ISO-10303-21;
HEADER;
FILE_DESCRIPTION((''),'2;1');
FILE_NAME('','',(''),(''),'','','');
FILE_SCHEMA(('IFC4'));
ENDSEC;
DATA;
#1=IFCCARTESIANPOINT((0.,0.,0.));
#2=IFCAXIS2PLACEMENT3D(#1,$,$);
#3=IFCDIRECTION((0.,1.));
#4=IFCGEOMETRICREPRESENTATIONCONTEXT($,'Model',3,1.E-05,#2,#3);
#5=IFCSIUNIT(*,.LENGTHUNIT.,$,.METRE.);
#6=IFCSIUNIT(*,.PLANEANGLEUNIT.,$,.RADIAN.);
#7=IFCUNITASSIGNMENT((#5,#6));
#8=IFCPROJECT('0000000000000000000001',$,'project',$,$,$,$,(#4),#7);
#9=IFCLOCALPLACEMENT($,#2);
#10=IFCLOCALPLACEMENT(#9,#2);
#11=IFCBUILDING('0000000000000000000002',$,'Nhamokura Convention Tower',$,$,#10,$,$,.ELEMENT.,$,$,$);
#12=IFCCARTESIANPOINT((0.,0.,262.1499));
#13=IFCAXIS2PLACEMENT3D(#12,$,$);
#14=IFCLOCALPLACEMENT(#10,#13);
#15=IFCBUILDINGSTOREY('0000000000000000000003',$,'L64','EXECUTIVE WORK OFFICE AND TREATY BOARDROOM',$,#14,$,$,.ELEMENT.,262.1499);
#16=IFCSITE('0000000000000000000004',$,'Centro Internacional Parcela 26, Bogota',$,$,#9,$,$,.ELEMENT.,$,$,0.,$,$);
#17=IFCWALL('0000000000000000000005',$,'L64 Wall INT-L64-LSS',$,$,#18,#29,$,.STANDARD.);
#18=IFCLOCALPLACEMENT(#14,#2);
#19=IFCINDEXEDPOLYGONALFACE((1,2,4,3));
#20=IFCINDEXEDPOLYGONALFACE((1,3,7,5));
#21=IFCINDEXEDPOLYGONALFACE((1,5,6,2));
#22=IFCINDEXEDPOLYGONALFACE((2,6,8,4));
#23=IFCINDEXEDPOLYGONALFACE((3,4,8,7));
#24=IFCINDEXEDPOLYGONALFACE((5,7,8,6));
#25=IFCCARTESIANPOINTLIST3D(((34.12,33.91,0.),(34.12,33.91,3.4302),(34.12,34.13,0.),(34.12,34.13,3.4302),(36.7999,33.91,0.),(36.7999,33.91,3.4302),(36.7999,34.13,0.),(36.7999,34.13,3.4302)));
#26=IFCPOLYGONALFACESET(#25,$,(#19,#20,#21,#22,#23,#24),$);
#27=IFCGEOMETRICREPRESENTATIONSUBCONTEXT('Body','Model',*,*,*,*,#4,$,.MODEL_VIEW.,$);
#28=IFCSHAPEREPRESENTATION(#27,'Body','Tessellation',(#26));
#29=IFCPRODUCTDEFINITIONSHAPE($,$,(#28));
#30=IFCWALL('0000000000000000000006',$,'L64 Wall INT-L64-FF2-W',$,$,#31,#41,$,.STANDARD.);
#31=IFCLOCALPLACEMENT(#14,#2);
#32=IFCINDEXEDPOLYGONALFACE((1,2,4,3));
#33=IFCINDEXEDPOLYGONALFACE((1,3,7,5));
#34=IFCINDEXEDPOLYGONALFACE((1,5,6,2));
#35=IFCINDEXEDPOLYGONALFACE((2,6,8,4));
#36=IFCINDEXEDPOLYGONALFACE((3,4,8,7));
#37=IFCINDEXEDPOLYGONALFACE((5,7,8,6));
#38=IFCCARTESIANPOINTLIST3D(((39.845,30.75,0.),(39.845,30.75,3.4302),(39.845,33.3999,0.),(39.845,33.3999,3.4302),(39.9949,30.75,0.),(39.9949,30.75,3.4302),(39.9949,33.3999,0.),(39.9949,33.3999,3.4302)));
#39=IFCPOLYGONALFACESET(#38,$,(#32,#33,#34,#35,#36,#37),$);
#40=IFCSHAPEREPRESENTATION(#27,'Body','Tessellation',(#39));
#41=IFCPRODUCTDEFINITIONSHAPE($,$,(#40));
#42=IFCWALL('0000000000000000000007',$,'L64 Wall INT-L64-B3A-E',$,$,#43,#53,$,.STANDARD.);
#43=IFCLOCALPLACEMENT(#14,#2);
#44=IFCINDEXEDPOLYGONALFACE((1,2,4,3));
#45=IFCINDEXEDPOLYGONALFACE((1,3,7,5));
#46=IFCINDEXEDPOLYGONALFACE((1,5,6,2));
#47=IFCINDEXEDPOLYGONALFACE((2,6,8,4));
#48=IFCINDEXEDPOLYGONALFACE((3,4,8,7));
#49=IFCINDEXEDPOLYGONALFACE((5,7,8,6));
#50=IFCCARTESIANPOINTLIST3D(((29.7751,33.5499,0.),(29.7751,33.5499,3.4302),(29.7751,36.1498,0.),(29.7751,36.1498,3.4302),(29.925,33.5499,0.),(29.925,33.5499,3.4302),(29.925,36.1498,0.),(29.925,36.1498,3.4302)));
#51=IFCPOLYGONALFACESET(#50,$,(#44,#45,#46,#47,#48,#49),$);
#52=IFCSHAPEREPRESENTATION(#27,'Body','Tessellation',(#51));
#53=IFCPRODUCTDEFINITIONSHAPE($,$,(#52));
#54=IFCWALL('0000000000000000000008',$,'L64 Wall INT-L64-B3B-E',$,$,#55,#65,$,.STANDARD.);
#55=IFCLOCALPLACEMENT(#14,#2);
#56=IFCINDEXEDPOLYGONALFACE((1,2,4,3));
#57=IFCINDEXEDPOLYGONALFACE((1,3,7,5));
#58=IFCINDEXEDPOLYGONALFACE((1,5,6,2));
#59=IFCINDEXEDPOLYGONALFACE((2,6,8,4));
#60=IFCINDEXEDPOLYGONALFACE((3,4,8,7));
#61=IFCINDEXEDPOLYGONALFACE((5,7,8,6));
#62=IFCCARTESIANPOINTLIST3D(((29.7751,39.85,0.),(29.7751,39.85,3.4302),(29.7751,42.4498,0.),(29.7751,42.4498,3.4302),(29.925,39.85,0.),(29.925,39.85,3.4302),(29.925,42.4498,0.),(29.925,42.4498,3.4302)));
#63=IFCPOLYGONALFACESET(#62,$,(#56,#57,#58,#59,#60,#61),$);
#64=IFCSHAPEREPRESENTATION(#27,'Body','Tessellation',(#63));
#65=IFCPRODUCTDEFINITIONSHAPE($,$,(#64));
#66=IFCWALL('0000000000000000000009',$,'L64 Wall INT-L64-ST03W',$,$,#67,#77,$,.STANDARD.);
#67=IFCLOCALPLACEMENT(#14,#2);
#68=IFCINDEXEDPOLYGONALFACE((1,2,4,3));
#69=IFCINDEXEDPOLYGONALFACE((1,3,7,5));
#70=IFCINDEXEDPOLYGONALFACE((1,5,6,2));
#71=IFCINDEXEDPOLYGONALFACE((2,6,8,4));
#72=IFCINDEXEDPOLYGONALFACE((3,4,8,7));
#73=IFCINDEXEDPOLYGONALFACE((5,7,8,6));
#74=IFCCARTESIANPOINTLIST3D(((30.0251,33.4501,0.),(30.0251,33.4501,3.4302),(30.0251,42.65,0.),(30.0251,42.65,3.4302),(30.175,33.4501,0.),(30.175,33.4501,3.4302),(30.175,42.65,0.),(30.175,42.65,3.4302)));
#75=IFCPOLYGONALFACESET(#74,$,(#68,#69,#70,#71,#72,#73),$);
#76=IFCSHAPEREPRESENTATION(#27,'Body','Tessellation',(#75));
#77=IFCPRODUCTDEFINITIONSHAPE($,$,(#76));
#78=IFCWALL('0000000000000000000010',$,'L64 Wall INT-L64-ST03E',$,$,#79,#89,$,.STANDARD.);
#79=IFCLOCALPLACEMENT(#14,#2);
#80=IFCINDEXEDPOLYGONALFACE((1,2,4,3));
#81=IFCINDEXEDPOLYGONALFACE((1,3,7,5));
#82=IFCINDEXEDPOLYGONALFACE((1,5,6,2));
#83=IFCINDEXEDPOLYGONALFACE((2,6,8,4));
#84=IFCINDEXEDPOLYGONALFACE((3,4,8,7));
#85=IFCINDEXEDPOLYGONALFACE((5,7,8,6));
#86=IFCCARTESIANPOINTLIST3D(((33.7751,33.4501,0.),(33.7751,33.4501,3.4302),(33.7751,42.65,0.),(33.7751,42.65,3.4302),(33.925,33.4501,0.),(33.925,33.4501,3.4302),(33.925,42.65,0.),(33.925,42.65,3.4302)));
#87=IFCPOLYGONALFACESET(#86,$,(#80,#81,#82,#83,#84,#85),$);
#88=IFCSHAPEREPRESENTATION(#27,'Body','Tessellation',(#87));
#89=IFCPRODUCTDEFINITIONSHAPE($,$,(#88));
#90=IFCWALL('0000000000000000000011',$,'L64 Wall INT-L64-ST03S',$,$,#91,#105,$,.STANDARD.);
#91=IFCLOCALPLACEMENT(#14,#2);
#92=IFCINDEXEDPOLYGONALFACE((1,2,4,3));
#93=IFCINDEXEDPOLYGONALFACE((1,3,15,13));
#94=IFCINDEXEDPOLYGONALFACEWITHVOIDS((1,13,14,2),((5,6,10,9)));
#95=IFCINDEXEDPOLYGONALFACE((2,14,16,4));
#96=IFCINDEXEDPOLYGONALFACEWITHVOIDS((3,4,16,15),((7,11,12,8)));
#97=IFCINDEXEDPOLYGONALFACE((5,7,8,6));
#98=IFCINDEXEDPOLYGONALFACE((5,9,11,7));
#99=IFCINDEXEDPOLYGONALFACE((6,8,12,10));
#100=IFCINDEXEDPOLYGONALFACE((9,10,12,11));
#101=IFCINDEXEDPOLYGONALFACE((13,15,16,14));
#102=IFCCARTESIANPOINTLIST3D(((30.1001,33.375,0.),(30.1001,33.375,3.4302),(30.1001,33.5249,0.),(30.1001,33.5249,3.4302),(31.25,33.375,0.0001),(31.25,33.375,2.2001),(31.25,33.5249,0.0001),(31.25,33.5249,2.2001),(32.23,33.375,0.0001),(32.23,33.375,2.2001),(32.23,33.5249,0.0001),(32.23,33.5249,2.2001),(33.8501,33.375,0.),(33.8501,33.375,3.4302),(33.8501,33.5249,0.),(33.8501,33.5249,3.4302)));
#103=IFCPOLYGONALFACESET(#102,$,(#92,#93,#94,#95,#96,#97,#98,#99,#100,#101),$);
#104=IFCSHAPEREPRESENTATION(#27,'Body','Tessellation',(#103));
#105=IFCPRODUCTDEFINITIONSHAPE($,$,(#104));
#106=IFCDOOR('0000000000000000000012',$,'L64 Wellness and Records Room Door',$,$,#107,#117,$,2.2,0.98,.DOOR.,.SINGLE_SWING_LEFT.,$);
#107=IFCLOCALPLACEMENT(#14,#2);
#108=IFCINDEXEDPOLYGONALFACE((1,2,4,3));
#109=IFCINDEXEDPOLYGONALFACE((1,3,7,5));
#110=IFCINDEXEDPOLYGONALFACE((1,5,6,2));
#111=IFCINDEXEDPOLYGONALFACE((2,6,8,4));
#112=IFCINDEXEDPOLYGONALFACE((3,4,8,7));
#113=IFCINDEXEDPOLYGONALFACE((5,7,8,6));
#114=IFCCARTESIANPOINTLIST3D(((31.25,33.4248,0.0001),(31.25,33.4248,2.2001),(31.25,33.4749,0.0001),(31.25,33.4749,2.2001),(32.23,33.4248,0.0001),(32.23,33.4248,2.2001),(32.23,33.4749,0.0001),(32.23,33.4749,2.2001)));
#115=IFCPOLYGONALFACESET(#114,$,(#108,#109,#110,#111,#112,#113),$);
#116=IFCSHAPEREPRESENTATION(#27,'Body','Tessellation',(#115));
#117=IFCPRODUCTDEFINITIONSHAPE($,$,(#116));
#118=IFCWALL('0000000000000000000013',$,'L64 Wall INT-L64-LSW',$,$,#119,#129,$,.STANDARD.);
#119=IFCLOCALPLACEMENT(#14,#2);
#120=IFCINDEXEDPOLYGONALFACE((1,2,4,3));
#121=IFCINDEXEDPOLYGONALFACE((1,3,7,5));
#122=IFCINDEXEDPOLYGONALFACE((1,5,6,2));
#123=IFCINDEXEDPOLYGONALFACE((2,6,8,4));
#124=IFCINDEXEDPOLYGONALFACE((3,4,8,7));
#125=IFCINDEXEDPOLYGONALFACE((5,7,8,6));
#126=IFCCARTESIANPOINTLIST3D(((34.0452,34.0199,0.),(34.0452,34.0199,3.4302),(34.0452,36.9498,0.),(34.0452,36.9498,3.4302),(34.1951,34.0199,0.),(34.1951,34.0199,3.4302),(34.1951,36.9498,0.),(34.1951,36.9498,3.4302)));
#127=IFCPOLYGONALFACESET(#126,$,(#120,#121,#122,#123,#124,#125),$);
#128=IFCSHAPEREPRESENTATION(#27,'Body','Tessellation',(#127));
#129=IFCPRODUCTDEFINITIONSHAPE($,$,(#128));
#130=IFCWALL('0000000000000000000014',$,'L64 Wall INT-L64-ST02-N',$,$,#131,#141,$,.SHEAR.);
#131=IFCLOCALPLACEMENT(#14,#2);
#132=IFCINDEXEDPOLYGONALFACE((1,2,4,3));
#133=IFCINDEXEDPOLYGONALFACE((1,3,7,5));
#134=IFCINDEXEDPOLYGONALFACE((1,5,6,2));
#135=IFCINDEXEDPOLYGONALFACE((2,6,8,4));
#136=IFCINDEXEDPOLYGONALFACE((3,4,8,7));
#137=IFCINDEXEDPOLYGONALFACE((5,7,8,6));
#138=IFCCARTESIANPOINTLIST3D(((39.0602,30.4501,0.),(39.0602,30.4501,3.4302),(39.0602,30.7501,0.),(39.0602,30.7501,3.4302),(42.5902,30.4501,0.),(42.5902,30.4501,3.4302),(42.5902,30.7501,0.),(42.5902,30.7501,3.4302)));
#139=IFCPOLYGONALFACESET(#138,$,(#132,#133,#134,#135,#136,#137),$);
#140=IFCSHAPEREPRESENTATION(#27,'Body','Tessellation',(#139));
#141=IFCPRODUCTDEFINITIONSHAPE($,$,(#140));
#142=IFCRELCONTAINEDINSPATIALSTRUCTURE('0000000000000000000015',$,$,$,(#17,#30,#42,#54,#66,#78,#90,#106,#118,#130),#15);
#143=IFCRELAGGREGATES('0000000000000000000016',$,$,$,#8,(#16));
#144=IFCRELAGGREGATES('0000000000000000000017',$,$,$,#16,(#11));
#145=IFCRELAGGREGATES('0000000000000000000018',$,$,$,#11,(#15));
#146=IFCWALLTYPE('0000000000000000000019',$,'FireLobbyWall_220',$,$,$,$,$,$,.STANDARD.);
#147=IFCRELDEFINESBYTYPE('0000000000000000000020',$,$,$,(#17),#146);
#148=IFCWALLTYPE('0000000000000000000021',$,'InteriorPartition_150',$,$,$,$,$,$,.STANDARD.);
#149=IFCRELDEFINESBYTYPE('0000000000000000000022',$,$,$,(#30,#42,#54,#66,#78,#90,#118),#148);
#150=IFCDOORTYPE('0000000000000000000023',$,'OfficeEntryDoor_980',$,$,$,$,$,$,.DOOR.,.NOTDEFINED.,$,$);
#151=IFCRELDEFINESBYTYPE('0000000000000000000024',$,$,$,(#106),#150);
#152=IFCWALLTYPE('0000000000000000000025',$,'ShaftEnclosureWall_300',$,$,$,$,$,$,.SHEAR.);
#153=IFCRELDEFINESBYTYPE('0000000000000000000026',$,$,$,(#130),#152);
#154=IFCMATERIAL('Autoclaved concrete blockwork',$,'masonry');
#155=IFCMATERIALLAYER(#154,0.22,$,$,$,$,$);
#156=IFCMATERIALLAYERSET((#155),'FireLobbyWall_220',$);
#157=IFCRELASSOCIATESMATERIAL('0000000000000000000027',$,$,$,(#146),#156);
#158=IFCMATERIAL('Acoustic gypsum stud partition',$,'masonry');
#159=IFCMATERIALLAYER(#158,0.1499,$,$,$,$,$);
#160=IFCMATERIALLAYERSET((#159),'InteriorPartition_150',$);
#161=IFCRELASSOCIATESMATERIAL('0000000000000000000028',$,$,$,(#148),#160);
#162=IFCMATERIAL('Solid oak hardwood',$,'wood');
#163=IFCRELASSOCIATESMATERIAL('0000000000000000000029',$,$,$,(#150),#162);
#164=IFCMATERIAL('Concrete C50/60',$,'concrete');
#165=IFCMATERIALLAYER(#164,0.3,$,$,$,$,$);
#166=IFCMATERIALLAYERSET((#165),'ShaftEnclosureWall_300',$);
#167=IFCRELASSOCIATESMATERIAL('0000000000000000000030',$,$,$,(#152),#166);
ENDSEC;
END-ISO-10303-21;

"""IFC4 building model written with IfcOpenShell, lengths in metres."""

from ifc_helpers import new_model, si_unit, direction, frame, frame_2d, origin, place, context, subcontext, project, spatial, rectangle, extrude, material, layer, layer_set, type_object, element, fill, save


model = new_model("IFC4")

# Units and contexts
model_context = context("Model", 3, precision=1e-05, world=origin(), true_north=direction((0.0, 1.0)))
body_context = subcontext(model_context, "Body", "Model", "MODEL_VIEW")
ifc_project = project(units=[si_unit("LENGTHUNIT", "METRE"), si_unit("PLANEANGLEUNIT", "RADIAN")], contexts=[model_context])

# Site, building, storey
site_placement = place(None, origin())
site = spatial("IfcSite", under=ifc_project, at=site_placement, Name="Centro Internacional Parcela 26, Bogota", CompositionType="ELEMENT", RefElevation=0.0)
building_placement = place(site_placement, origin())
building = spatial("IfcBuilding", under=site, at=building_placement, Name="Nhamokura Convention Tower", CompositionType="ELEMENT")
storey_placement = place(building_placement, frame((0.0, 0.0, 262.1499)))
storey = spatial("IfcBuildingStorey", under=building, at=storey_placement, Name="L64", Description="EXECUTIVE WORK OFFICE AND TREATY BOARDROOM", CompositionType="ELEMENT", Elevation=262.1499)

# Shared definitions
ifc_material_1 = material(Name="Autoclaved concrete blockwork", Category="masonry")
ifc_layer_1 = layer(ifc_material_1, 0.22)
ifc_layer_set_1 = layer_set([ifc_layer_1], Name="FireLobbyWall_220")
wall_type_1 = type_object("IfcWallType", Name="FireLobbyWall_220", PredefinedType="STANDARD", material=ifc_layer_set_1)

# Walls
wall_1_placement = place(storey_placement, frame((34.1201, 34.02, 0.0), z_axis=(0.0, 0.0, 1.0), x_axis=(1.0, 0.0, 0.0)))
element("IfcWall", 1, at=wall_1_placement, inside=storey, type_object=wall_type_1, Name="L64 Wall INT-L64-LSS", PredefinedType="STANDARD", context=body_context, shape_type="SweptSolid", body=[
    extrude(rectangle(XDim=2.6799, YDim=0.22, at=frame_2d((1.3398, 0.0))), origin(), (0.0, 0.0, 1.0), 3.4302),
])
ifc_material_2 = material(Name="Acoustic gypsum stud partition", Category="masonry")
ifc_layer_2 = layer(ifc_material_2, 0.1499)
ifc_layer_set_2 = layer_set([ifc_layer_2], Name="InteriorPartition_150")
wall_type_2 = type_object("IfcWallType", Name="InteriorPartition_150", PredefinedType="STANDARD", material=ifc_layer_set_2)
wall_2_placement = place(storey_placement, frame((39.9199, 30.75, 0.0), z_axis=(0.0, 0.0, 1.0), x_axis=(0.0, 1.0, 0.0)))
element("IfcWall", 2, at=wall_2_placement, inside=storey, type_object=wall_type_2, Name="L64 Wall INT-L64-FF2-W", PredefinedType="STANDARD", context=body_context, shape_type="SweptSolid", body=[
    extrude(rectangle(XDim=2.6499, YDim=0.1499, at=frame_2d((1.325, 0.0))), origin(), (0.0, 0.0, 1.0), 3.4302),
])
for number, where, z_axis, x_axis, name in (
    (3, (29.8501, 33.55, 0.0), (0.0, 0.0, 1.0), (0.0, 1.0, 0.0), "L64 Wall INT-L64-B3A-E"),
    (4, (29.8501, 39.8501, 0.0), (0.0, 0.0, 1.0), (0.0, 1.0, 0.0), "L64 Wall INT-L64-B3B-E"),
):
    element("IfcWall", number, at=place(storey_placement, frame(where, z_axis=z_axis, x_axis=x_axis)), inside=storey, type_object=wall_type_2, Name=name, PredefinedType="STANDARD", context=body_context, shape_type="SweptSolid", body=[
        extrude(rectangle(XDim=2.5999, YDim=0.1499, at=frame_2d((1.2998, 0.0))), origin(), (0.0, 0.0, 1.0), 3.4302),
    ])
for number, where, z_axis, x_axis, name in (
    (5, (30.1001, 33.45, 0.0), (0.0, 0.0, 1.0), (0.0, 1.0, 0.0), "L64 Wall INT-L64-ST03W"),
    (6, (33.8501, 33.45, 0.0), (0.0, 0.0, 1.0), (0.0, 1.0, 0.0), "L64 Wall INT-L64-ST03E"),
):
    element("IfcWall", number, at=place(storey_placement, frame(where, z_axis=z_axis, x_axis=x_axis)), inside=storey, type_object=wall_type_2, Name=name, PredefinedType="STANDARD", context=body_context, shape_type="SweptSolid", body=[
        extrude(rectangle(XDim=9.2, YDim=0.1499, at=frame_2d((4.6001, 0.0))), origin(), (0.0, 0.0, 1.0), 3.4302),
    ])

# Wall, opening, door
wall_3_placement = place(storey_placement, frame((30.1001, 33.45, 0.0), z_axis=(0.0, 0.0, 1.0), x_axis=(1.0, 0.0, 0.0)))
wall_3 = element("IfcWall", 7, at=wall_3_placement, inside=storey, type_object=wall_type_2, Name="L64 Wall INT-L64-ST03S", PredefinedType="STANDARD", context=body_context, shape_type="SweptSolid", body=[
    extrude(rectangle(XDim=3.75, YDim=0.1499, at=frame_2d((1.875, 0.0))), origin(), (0.0, 0.0, 1.0), 3.4302),
])
opening_1_placement = place(wall_3_placement, frame((1.1499, 0.0, 0.0)))
opening_1 = element("IfcOpeningElement", 8, at=opening_1_placement, cuts=wall_3, PredefinedType="OPENING", context=body_context, shape_type="SweptSolid", body=[
    extrude(rectangle(XDim=0.98, YDim=2.2, at=frame_2d((0.49, 1.1001))), frame((0.0, 0.085, 0.0), z_axis=(0.0, -1.0, 0.0), x_axis=(1.0, 0.0, 0.0)), (0.0, 0.0, 1.0), 0.1699),
])
ifc_material_3 = material(Name="Solid oak hardwood", Category="wood")
door_type_1 = type_object("IfcDoorType", Name="OfficeEntryDoor_980", OperationType="NOTDEFINED", PredefinedType="DOOR", material=ifc_material_3)
door_1_placement = place(opening_1_placement, origin())
door_1 = element("IfcDoor", 9, at=door_1_placement, inside=storey, type_object=door_type_1, Name="L64 Wellness and Records Room Door", OperationType="SINGLE_SWING_LEFT", OverallHeight=2.2, OverallWidth=0.98, PredefinedType="DOOR", context=body_context, shape_type="SweptSolid", body=[
    extrude(rectangle(XDim=0.98, YDim=2.2, at=frame_2d((0.49, 1.1001))), frame((0.0, 0.0249, 0.0), z_axis=(0.0, -1.0, 0.0), x_axis=(1.0, 0.0, 0.0)), (0.0, 0.0, 1.0), 0.05),
])
fill(opening_1, door_1)

# Walls
wall_4_placement = place(storey_placement, frame((34.1201, 34.02, 0.0), z_axis=(0.0, 0.0, 1.0), x_axis=(0.0, 1.0, 0.0)))
element("IfcWall", 10, at=wall_4_placement, inside=storey, type_object=wall_type_2, Name="L64 Wall INT-L64-LSW", PredefinedType="STANDARD", context=body_context, shape_type="SweptSolid", body=[
    extrude(rectangle(XDim=2.9299, YDim=0.1499, at=frame_2d((1.4648, 0.0))), origin(), (0.0, 0.0, 1.0), 3.4302),
])
ifc_material_4 = material(Name="Concrete C50/60", Category="concrete")
ifc_layer_3 = layer(ifc_material_4, 0.3)
ifc_layer_set_3 = layer_set([ifc_layer_3], Name="ShaftEnclosureWall_300")
wall_type_3 = type_object("IfcWallType", Name="ShaftEnclosureWall_300", PredefinedType="SHEAR", material=ifc_layer_set_3)
wall_5_placement = place(storey_placement, frame((39.0601, 30.6001, 0.0), z_axis=(0.0, 0.0, 1.0), x_axis=(1.0, 0.0, 0.0)))
element("IfcWall", 11, at=wall_5_placement, inside=storey, type_object=wall_type_3, Name="L64 Wall INT-L64-ST02-N", PredefinedType="SHEAR", context=body_context, shape_type="SweptSolid", body=[
    extrude(rectangle(XDim=3.53, YDim=0.3, at=frame_2d((1.7651, 0.0))), origin(), (0.0, 0.0, 1.0), 3.4302),
])

save(model, "model.ifc")
